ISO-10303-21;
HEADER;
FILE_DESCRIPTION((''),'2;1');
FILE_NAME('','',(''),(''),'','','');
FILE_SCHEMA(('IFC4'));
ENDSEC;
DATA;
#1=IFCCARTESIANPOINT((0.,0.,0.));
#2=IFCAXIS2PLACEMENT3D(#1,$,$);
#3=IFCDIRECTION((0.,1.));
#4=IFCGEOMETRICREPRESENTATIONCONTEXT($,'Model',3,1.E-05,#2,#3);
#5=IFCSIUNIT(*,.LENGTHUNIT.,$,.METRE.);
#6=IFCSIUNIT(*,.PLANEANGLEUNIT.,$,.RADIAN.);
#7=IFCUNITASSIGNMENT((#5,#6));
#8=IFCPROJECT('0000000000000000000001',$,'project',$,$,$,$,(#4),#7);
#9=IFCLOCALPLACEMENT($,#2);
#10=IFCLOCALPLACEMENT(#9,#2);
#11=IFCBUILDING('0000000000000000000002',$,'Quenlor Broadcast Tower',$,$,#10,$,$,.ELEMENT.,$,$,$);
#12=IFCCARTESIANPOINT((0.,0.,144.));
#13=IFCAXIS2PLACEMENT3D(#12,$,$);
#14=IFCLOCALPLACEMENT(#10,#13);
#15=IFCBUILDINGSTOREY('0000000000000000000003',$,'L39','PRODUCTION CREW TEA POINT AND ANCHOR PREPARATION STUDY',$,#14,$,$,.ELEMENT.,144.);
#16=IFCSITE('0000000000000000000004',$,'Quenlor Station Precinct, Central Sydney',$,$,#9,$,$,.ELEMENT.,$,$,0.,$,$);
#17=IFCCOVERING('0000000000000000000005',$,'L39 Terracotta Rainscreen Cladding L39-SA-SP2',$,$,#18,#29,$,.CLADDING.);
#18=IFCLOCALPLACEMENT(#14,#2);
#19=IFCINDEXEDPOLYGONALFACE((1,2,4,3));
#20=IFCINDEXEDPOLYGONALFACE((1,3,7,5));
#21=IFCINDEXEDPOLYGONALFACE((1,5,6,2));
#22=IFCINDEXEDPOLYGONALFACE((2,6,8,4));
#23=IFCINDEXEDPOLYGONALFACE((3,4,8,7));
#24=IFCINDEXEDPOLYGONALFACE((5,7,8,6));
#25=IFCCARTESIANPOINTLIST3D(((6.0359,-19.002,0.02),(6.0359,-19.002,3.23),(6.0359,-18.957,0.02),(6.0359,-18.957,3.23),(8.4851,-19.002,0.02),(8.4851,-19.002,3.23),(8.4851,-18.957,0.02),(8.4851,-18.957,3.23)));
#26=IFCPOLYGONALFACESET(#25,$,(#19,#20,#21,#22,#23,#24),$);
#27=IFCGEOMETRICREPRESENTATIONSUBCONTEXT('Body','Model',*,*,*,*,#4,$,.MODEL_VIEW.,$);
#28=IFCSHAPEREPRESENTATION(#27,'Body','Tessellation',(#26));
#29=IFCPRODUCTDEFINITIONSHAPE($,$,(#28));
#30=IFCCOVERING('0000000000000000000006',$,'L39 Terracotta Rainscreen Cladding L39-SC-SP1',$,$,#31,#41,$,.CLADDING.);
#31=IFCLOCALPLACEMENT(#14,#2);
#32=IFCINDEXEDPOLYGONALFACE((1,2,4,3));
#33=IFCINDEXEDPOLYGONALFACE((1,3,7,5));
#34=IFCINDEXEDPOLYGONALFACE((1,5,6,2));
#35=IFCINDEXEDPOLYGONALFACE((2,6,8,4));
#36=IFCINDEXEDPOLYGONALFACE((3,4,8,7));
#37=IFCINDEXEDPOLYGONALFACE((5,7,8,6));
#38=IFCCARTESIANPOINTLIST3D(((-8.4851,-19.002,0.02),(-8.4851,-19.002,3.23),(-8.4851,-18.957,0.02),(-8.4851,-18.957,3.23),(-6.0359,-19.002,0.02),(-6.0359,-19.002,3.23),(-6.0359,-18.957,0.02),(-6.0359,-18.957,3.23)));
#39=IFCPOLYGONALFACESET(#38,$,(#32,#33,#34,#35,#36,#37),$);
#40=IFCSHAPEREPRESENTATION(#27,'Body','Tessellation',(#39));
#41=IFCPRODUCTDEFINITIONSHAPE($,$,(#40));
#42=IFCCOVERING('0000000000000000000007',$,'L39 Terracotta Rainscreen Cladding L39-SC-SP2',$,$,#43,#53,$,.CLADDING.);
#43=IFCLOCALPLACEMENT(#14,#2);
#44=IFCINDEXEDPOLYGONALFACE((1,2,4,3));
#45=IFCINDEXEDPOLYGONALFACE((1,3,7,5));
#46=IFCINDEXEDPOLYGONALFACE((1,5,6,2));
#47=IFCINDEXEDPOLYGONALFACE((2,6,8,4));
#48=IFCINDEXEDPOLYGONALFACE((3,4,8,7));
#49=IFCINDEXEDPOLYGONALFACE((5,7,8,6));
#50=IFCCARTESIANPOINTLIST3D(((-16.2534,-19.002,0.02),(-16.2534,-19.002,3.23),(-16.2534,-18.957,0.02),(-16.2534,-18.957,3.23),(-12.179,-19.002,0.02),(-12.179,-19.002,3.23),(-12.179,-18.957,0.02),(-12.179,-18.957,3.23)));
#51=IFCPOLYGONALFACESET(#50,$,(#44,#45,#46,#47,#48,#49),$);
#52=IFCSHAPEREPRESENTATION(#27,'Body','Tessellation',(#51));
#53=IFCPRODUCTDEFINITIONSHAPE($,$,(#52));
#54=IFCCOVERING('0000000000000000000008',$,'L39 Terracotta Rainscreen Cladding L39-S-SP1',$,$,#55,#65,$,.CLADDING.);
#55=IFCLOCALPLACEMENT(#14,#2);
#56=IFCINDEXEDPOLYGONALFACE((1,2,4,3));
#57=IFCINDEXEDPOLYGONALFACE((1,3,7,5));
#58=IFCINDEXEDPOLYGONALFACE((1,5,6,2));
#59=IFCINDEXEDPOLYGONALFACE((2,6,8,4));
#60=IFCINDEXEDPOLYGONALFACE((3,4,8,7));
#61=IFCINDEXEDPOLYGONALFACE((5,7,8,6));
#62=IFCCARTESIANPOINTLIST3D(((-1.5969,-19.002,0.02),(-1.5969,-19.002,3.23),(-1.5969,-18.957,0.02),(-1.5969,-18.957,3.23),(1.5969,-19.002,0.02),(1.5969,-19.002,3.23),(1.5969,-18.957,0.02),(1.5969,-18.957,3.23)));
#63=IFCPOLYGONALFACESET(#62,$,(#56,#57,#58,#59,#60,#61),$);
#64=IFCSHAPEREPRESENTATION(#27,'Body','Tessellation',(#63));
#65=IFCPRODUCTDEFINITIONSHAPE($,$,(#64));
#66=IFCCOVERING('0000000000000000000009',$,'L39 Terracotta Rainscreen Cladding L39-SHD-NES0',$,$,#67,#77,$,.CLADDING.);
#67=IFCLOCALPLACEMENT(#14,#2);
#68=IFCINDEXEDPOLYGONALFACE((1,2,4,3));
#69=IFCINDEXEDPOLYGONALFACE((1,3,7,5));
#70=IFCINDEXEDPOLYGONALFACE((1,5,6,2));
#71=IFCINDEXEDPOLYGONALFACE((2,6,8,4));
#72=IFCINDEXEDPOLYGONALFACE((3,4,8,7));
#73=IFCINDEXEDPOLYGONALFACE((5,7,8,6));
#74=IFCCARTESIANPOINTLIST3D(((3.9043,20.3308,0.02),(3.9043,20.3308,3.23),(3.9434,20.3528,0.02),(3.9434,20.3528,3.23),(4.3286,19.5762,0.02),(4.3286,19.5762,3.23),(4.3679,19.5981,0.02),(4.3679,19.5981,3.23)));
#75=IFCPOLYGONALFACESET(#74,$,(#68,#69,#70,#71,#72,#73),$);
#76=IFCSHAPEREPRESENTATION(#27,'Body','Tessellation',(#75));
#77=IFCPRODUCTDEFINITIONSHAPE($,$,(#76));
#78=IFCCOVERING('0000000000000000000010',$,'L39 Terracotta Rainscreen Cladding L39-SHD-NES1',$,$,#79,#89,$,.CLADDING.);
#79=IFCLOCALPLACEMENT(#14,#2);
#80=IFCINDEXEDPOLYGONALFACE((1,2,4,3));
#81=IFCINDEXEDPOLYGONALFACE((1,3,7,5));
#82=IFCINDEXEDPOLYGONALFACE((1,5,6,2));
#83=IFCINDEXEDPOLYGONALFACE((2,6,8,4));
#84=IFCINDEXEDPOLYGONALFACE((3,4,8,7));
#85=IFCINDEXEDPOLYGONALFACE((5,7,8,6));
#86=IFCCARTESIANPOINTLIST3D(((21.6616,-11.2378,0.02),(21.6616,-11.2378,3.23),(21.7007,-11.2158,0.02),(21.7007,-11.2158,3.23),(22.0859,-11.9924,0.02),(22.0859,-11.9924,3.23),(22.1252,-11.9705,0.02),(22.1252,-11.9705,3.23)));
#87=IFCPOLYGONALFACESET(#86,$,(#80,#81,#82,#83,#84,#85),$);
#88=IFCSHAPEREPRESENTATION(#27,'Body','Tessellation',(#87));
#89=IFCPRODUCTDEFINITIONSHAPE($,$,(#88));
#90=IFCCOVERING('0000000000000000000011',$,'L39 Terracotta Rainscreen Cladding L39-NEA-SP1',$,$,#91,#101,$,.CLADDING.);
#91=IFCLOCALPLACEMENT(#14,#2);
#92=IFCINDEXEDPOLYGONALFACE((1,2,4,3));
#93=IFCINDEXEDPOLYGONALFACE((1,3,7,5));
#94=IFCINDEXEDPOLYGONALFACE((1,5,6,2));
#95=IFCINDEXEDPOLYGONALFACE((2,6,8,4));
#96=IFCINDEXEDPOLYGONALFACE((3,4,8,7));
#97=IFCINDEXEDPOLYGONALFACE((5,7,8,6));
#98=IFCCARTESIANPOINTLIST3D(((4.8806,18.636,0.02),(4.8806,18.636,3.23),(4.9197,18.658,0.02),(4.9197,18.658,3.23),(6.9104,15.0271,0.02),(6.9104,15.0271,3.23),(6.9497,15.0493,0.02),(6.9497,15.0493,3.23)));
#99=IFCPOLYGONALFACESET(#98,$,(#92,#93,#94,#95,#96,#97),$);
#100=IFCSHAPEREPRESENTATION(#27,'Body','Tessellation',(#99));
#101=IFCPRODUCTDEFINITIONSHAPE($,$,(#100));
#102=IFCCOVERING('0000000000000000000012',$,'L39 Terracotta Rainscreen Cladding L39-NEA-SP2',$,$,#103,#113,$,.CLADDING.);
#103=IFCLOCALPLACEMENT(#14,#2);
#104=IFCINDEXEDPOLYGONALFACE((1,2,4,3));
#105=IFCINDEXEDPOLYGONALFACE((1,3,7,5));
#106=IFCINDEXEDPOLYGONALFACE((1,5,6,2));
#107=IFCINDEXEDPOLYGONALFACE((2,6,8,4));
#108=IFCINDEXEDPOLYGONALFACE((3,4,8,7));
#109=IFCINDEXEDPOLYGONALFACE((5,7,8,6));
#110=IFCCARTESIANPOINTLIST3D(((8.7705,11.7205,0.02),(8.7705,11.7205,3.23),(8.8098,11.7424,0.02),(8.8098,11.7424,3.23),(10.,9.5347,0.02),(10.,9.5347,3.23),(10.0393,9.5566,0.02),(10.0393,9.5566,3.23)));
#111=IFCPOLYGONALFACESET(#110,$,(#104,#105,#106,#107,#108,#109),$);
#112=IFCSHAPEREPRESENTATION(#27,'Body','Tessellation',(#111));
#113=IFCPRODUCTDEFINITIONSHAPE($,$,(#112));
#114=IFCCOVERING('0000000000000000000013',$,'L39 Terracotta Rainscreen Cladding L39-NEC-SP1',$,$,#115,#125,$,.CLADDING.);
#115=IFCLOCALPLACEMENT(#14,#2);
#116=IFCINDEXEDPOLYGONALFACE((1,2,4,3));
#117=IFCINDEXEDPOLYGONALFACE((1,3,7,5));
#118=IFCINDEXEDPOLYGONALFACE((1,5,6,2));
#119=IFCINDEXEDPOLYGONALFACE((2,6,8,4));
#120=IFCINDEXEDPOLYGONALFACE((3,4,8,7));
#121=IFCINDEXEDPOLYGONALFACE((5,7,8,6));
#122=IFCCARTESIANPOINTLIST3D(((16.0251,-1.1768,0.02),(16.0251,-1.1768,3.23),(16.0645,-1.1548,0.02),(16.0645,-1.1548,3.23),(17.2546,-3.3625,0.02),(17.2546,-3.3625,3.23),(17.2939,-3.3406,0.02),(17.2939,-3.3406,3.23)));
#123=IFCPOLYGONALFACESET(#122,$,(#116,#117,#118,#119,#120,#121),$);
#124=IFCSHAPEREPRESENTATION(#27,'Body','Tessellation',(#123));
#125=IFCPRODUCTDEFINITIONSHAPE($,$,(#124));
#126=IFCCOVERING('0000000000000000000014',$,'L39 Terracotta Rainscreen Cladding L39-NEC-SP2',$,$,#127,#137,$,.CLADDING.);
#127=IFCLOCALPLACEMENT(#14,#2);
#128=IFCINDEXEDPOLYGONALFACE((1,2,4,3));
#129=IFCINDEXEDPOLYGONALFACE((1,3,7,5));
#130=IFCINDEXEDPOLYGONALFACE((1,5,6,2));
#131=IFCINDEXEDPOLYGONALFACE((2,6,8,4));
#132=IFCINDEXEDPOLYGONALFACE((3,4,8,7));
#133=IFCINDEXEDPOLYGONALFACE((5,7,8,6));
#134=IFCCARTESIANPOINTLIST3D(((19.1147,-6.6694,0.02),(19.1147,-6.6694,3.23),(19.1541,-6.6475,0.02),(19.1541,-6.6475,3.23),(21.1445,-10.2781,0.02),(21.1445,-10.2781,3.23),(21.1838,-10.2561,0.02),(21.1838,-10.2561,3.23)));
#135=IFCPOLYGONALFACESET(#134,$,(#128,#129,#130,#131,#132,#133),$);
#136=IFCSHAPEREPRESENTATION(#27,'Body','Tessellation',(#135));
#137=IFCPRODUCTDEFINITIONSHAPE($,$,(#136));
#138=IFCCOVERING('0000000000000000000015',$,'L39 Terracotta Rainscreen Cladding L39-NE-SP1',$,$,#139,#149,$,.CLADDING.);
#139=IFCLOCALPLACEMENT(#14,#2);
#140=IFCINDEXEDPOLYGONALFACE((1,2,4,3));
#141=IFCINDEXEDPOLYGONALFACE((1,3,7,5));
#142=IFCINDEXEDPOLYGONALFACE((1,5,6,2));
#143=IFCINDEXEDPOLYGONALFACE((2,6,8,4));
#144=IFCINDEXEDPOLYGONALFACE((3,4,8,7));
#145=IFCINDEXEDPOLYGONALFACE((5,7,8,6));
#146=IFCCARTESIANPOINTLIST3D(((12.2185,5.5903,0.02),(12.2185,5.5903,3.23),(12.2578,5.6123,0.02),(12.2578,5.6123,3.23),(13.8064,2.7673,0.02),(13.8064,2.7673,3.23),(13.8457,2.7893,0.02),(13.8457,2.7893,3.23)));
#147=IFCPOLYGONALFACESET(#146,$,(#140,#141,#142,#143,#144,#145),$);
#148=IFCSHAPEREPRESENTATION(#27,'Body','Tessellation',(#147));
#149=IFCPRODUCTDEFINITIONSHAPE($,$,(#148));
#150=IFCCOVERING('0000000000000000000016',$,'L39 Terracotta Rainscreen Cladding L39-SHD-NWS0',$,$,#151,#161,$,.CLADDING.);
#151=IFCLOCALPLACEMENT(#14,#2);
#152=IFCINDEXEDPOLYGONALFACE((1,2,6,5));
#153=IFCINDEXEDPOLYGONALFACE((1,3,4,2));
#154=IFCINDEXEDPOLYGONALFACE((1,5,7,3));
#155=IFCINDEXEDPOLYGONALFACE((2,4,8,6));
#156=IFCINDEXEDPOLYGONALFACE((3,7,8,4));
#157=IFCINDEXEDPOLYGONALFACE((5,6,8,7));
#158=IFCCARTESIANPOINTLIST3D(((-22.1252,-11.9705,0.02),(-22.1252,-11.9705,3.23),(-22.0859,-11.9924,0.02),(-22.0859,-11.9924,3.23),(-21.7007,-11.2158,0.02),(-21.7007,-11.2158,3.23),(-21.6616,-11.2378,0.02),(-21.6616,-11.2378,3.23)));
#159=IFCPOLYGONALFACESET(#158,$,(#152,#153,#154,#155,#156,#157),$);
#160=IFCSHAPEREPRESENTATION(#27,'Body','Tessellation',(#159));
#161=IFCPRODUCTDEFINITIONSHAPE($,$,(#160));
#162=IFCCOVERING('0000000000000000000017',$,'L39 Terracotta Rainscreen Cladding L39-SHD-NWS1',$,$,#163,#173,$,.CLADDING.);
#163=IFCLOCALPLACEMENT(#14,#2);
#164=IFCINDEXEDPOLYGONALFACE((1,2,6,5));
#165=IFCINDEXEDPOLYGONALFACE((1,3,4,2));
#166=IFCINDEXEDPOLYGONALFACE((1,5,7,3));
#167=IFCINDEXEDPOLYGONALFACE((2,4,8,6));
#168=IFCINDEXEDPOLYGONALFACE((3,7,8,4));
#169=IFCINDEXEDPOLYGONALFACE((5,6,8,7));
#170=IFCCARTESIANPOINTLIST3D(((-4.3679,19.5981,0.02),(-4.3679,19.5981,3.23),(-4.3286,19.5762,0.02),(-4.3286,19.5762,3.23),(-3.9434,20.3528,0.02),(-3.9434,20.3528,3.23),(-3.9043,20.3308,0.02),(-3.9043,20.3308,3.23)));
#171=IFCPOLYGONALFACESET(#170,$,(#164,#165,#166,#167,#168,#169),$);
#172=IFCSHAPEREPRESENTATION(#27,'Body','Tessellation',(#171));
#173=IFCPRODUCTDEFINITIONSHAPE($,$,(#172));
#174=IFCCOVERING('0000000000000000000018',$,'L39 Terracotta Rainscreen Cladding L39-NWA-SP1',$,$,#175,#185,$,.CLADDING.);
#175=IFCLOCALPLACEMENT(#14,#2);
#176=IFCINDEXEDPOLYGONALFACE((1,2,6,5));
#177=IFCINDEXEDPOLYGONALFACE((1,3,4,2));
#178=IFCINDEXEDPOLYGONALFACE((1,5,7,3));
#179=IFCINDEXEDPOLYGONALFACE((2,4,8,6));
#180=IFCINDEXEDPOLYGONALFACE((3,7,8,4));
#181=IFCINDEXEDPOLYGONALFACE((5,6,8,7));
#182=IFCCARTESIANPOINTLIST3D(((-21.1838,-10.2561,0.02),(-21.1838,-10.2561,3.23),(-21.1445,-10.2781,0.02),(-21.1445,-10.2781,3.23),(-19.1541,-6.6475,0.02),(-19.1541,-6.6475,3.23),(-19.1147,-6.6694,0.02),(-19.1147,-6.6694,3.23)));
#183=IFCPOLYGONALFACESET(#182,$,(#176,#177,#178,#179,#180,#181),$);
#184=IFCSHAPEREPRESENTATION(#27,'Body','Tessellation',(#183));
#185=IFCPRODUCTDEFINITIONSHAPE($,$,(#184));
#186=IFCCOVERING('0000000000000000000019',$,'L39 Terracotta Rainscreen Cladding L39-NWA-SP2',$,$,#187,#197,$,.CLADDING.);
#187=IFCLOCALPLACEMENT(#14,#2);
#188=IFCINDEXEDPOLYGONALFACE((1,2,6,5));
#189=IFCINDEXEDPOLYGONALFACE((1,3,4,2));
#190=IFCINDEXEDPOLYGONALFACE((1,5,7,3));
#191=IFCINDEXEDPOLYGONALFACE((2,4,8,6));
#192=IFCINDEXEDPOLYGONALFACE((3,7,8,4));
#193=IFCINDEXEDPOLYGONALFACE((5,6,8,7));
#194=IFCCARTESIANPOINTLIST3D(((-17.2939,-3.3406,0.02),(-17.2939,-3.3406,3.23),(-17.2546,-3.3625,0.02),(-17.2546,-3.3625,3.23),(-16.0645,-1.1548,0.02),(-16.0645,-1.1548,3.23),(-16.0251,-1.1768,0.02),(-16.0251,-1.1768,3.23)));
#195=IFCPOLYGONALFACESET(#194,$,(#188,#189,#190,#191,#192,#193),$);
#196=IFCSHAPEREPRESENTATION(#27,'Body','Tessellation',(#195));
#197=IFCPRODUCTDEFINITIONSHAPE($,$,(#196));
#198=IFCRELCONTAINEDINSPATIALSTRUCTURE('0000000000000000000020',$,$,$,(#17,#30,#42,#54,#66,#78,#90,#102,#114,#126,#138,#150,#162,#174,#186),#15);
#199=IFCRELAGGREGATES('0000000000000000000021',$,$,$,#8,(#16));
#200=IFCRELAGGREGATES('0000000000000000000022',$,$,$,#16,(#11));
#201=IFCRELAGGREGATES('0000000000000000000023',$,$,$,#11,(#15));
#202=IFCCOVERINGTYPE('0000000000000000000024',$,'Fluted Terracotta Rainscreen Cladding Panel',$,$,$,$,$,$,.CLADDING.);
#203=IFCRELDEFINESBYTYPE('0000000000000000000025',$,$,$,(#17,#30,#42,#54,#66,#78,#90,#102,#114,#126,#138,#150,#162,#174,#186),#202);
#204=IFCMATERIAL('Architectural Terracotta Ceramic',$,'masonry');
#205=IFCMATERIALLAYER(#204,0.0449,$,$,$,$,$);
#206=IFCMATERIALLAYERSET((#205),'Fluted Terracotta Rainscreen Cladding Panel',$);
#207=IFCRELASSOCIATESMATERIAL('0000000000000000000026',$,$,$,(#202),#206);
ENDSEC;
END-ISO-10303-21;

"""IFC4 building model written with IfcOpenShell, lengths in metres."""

from ifc_helpers import new_model, si_unit, direction, frame, origin, place, context, subcontext, project, spatial, polyline, outline, extrude, material, layer, layer_set, type_object, element, save


model = new_model("IFC4")

# Units and contexts
model_context = context("Model", 3, precision=1e-05, world=origin(), true_north=direction((0.0, 1.0)))
body_context = subcontext(model_context, "Body", "Model", "MODEL_VIEW")
ifc_project = project(units=[si_unit("LENGTHUNIT", "METRE"), si_unit("PLANEANGLEUNIT", "RADIAN")], contexts=[model_context])

# Site, building, storey
site_placement = place(None, origin())
site = spatial("IfcSite", under=ifc_project, at=site_placement, Name="Quenlor Station Precinct, Central Sydney", CompositionType="ELEMENT", RefElevation=0.0)
building_placement = place(site_placement, origin())
building = spatial("IfcBuilding", under=site, at=building_placement, Name="Quenlor Broadcast Tower", CompositionType="ELEMENT")
storey_placement = place(building_placement, frame((0.0, 0.0, 144.0)))
storey = spatial("IfcBuildingStorey", under=building, at=storey_placement, Name="L39", Description="PRODUCTION CREW TEA POINT AND ANCHOR PREPARATION STUDY", CompositionType="ELEMENT", Elevation=144.0)

# Coverings
ifc_material = material(Name="Architectural Terracotta Ceramic", Category="masonry")
ifc_layer = layer(ifc_material, 0.0449)
ifc_layer_set = layer_set([ifc_layer], Name="Fluted Terracotta Rainscreen Cladding Panel")
covering_type = type_object("IfcCoveringType", Name="Fluted Terracotta Rainscreen Cladding Panel", PredefinedType="CLADDING", material=ifc_layer_set)
covering_1_placement = place(storey_placement, frame((0.0, 0.0, 0.02)))
element("IfcCovering", 1, at=covering_1_placement, inside=storey, type_object=covering_type, Name="L39 Terracotta Rainscreen Cladding L39-SA-SP2", PredefinedType="CLADDING", context=body_context, shape_type="SweptSolid", body=[
    extrude(outline(polyline([(8.4851, -18.957), (6.0359, -18.957), (6.0359, -19.002), (8.4851, -19.002), (8.4851, -18.957)])), origin(), (0.0, 0.0, 1.0), 3.21),
])
covering_2_placement = place(storey_placement, frame((0.0, 0.0, 0.02)))
element("IfcCovering", 2, at=covering_2_placement, inside=storey, type_object=covering_type, Name="L39 Terracotta Rainscreen Cladding L39-SC-SP1", PredefinedType="CLADDING", context=body_context, shape_type="SweptSolid", body=[
    extrude(outline(polyline([(-6.0359, -18.957), (-8.4851, -18.957), (-8.4851, -19.002), (-6.0359, -19.002), (-6.0359, -18.957)])), origin(), (0.0, 0.0, 1.0), 3.21),
])
covering_3_placement = place(storey_placement, frame((0.0, 0.0, 0.02)))
element("IfcCovering", 3, at=covering_3_placement, inside=storey, type_object=covering_type, Name="L39 Terracotta Rainscreen Cladding L39-SC-SP2", PredefinedType="CLADDING", context=body_context, shape_type="SweptSolid", body=[
    extrude(outline(polyline([(-12.179, -18.957), (-16.2534, -18.957), (-16.2534, -19.002), (-12.179, -19.002), (-12.179, -18.957)])), origin(), (0.0, 0.0, 1.0), 3.21),
])
covering_4_placement = place(storey_placement, frame((0.0, 0.0, 0.02)))
element("IfcCovering", 4, at=covering_4_placement, inside=storey, type_object=covering_type, Name="L39 Terracotta Rainscreen Cladding L39-S-SP1", PredefinedType="CLADDING", context=body_context, shape_type="SweptSolid", body=[
    extrude(outline(polyline([(1.5969, -18.957), (-1.5969, -18.957), (-1.5969, -19.002), (1.5969, -19.002), (1.5969, -18.957)])), origin(), (0.0, 0.0, 1.0), 3.21),
])
covering_5_placement = place(storey_placement, frame((0.0, 0.0, 0.02)))
element("IfcCovering", 5, at=covering_5_placement, inside=storey, type_object=covering_type, Name="L39 Terracotta Rainscreen Cladding L39-SHD-NES0", PredefinedType="CLADDING", context=body_context, shape_type="SweptSolid", body=[
    extrude(outline(polyline([(3.9043, 20.3308), (4.3286, 19.5762), (4.3679, 19.5981), (3.9434, 20.3528), (3.9043, 20.3308)])), origin(), (0.0, 0.0, 1.0), 3.21),
])
covering_6_placement = place(storey_placement, frame((0.0, 0.0, 0.02)))
element("IfcCovering", 6, at=covering_6_placement, inside=storey, type_object=covering_type, Name="L39 Terracotta Rainscreen Cladding L39-SHD-NES1", PredefinedType="CLADDING", context=body_context, shape_type="SweptSolid", body=[
    extrude(outline(polyline([(21.6616, -11.2378), (22.0859, -11.9924), (22.1252, -11.9705), (21.7007, -11.2158), (21.6616, -11.2378)])), origin(), (0.0, 0.0, 1.0), 3.21),
])
covering_7_placement = place(storey_placement, frame((0.0, 0.0, 0.02)))
element("IfcCovering", 7, at=covering_7_placement, inside=storey, type_object=covering_type, Name="L39 Terracotta Rainscreen Cladding L39-NEA-SP1", PredefinedType="CLADDING", context=body_context, shape_type="SweptSolid", body=[
    extrude(outline(polyline([(4.8806, 18.636), (6.9104, 15.0271), (6.9497, 15.0493), (4.9197, 18.658), (4.8806, 18.636)])), origin(), (0.0, 0.0, 1.0), 3.21),
])
covering_8_placement = place(storey_placement, frame((0.0, 0.0, 0.02)))
element("IfcCovering", 8, at=covering_8_placement, inside=storey, type_object=covering_type, Name="L39 Terracotta Rainscreen Cladding L39-NEA-SP2", PredefinedType="CLADDING", context=body_context, shape_type="SweptSolid", body=[
    extrude(outline(polyline([(8.7705, 11.7205), (10.0, 9.5347), (10.0393, 9.5566), (8.8098, 11.7424), (8.7705, 11.7205)])), origin(), (0.0, 0.0, 1.0), 3.21),
])
covering_9_placement = place(storey_placement, frame((0.0, 0.0, 0.02)))
element("IfcCovering", 9, at=covering_9_placement, inside=storey, type_object=covering_type, Name="L39 Terracotta Rainscreen Cladding L39-NEC-SP1", PredefinedType="CLADDING", context=body_context, shape_type="SweptSolid", body=[
    extrude(outline(polyline([(16.0251, -1.1768), (17.2546, -3.3625), (17.2939, -3.3406), (16.0645, -1.1548), (16.0251, -1.1768)])), origin(), (0.0, 0.0, 1.0), 3.21),
])
covering_10_placement = place(storey_placement, frame((0.0, 0.0, 0.02)))
element("IfcCovering", 10, at=covering_10_placement, inside=storey, type_object=covering_type, Name="L39 Terracotta Rainscreen Cladding L39-NEC-SP2", PredefinedType="CLADDING", context=body_context, shape_type="SweptSolid", body=[
    extrude(outline(polyline([(19.1147, -6.6694), (21.1445, -10.2781), (21.1838, -10.2561), (19.1541, -6.6475), (19.1147, -6.6694)])), origin(), (0.0, 0.0, 1.0), 3.21),
])
covering_11_placement = place(storey_placement, frame((0.0, 0.0, 0.02)))
element("IfcCovering", 11, at=covering_11_placement, inside=storey, type_object=covering_type, Name="L39 Terracotta Rainscreen Cladding L39-NE-SP1", PredefinedType="CLADDING", context=body_context, shape_type="SweptSolid", body=[
    extrude(outline(polyline([(12.2185, 5.5903), (13.8064, 2.7673), (13.8457, 2.7893), (12.2578, 5.6123), (12.2185, 5.5903)])), origin(), (0.0, 0.0, 1.0), 3.21),
])
covering_12_placement = place(storey_placement, frame((0.0, 0.0, 0.02)))
element("IfcCovering", 12, at=covering_12_placement, inside=storey, type_object=covering_type, Name="L39 Terracotta Rainscreen Cladding L39-SHD-NWS0", PredefinedType="CLADDING", context=body_context, shape_type="SweptSolid", body=[
    extrude(outline(polyline([(-22.0859, -11.9924), (-21.6616, -11.2378), (-21.7007, -11.2158), (-22.1252, -11.9705), (-22.0859, -11.9924)])), origin(), (0.0, 0.0, 1.0), 3.21),
])
covering_13_placement = place(storey_placement, frame((0.0, 0.0, 0.02)))
element("IfcCovering", 13, at=covering_13_placement, inside=storey, type_object=covering_type, Name="L39 Terracotta Rainscreen Cladding L39-SHD-NWS1", PredefinedType="CLADDING", context=body_context, shape_type="SweptSolid", body=[
    extrude(outline(polyline([(-4.3286, 19.5762), (-3.9043, 20.3308), (-3.9434, 20.3528), (-4.3679, 19.5981), (-4.3286, 19.5762)])), origin(), (0.0, 0.0, 1.0), 3.21),
])
covering_14_placement = place(storey_placement, frame((0.0, 0.0, 0.02)))
element("IfcCovering", 14, at=covering_14_placement, inside=storey, type_object=covering_type, Name="L39 Terracotta Rainscreen Cladding L39-NWA-SP1", PredefinedType="CLADDING", context=body_context, shape_type="SweptSolid", body=[
    extrude(outline(polyline([(-21.1445, -10.2781), (-19.1147, -6.6694), (-19.1541, -6.6475), (-21.1838, -10.2561), (-21.1445, -10.2781)])), origin(), (0.0, 0.0, 1.0), 3.21),
])
covering_15_placement = place(storey_placement, frame((0.0, 0.0, 0.02)))
element("IfcCovering", 15, at=covering_15_placement, inside=storey, type_object=covering_type, Name="L39 Terracotta Rainscreen Cladding L39-NWA-SP2", PredefinedType="CLADDING", context=body_context, shape_type="SweptSolid", body=[
    extrude(outline(polyline([(-17.2546, -3.3625), (-16.0251, -1.1768), (-16.0645, -1.1548), (-17.2939, -3.3406), (-17.2546, -3.3625)])), origin(), (0.0, 0.0, 1.0), 3.21),
])

save(model, "model.ifc")
